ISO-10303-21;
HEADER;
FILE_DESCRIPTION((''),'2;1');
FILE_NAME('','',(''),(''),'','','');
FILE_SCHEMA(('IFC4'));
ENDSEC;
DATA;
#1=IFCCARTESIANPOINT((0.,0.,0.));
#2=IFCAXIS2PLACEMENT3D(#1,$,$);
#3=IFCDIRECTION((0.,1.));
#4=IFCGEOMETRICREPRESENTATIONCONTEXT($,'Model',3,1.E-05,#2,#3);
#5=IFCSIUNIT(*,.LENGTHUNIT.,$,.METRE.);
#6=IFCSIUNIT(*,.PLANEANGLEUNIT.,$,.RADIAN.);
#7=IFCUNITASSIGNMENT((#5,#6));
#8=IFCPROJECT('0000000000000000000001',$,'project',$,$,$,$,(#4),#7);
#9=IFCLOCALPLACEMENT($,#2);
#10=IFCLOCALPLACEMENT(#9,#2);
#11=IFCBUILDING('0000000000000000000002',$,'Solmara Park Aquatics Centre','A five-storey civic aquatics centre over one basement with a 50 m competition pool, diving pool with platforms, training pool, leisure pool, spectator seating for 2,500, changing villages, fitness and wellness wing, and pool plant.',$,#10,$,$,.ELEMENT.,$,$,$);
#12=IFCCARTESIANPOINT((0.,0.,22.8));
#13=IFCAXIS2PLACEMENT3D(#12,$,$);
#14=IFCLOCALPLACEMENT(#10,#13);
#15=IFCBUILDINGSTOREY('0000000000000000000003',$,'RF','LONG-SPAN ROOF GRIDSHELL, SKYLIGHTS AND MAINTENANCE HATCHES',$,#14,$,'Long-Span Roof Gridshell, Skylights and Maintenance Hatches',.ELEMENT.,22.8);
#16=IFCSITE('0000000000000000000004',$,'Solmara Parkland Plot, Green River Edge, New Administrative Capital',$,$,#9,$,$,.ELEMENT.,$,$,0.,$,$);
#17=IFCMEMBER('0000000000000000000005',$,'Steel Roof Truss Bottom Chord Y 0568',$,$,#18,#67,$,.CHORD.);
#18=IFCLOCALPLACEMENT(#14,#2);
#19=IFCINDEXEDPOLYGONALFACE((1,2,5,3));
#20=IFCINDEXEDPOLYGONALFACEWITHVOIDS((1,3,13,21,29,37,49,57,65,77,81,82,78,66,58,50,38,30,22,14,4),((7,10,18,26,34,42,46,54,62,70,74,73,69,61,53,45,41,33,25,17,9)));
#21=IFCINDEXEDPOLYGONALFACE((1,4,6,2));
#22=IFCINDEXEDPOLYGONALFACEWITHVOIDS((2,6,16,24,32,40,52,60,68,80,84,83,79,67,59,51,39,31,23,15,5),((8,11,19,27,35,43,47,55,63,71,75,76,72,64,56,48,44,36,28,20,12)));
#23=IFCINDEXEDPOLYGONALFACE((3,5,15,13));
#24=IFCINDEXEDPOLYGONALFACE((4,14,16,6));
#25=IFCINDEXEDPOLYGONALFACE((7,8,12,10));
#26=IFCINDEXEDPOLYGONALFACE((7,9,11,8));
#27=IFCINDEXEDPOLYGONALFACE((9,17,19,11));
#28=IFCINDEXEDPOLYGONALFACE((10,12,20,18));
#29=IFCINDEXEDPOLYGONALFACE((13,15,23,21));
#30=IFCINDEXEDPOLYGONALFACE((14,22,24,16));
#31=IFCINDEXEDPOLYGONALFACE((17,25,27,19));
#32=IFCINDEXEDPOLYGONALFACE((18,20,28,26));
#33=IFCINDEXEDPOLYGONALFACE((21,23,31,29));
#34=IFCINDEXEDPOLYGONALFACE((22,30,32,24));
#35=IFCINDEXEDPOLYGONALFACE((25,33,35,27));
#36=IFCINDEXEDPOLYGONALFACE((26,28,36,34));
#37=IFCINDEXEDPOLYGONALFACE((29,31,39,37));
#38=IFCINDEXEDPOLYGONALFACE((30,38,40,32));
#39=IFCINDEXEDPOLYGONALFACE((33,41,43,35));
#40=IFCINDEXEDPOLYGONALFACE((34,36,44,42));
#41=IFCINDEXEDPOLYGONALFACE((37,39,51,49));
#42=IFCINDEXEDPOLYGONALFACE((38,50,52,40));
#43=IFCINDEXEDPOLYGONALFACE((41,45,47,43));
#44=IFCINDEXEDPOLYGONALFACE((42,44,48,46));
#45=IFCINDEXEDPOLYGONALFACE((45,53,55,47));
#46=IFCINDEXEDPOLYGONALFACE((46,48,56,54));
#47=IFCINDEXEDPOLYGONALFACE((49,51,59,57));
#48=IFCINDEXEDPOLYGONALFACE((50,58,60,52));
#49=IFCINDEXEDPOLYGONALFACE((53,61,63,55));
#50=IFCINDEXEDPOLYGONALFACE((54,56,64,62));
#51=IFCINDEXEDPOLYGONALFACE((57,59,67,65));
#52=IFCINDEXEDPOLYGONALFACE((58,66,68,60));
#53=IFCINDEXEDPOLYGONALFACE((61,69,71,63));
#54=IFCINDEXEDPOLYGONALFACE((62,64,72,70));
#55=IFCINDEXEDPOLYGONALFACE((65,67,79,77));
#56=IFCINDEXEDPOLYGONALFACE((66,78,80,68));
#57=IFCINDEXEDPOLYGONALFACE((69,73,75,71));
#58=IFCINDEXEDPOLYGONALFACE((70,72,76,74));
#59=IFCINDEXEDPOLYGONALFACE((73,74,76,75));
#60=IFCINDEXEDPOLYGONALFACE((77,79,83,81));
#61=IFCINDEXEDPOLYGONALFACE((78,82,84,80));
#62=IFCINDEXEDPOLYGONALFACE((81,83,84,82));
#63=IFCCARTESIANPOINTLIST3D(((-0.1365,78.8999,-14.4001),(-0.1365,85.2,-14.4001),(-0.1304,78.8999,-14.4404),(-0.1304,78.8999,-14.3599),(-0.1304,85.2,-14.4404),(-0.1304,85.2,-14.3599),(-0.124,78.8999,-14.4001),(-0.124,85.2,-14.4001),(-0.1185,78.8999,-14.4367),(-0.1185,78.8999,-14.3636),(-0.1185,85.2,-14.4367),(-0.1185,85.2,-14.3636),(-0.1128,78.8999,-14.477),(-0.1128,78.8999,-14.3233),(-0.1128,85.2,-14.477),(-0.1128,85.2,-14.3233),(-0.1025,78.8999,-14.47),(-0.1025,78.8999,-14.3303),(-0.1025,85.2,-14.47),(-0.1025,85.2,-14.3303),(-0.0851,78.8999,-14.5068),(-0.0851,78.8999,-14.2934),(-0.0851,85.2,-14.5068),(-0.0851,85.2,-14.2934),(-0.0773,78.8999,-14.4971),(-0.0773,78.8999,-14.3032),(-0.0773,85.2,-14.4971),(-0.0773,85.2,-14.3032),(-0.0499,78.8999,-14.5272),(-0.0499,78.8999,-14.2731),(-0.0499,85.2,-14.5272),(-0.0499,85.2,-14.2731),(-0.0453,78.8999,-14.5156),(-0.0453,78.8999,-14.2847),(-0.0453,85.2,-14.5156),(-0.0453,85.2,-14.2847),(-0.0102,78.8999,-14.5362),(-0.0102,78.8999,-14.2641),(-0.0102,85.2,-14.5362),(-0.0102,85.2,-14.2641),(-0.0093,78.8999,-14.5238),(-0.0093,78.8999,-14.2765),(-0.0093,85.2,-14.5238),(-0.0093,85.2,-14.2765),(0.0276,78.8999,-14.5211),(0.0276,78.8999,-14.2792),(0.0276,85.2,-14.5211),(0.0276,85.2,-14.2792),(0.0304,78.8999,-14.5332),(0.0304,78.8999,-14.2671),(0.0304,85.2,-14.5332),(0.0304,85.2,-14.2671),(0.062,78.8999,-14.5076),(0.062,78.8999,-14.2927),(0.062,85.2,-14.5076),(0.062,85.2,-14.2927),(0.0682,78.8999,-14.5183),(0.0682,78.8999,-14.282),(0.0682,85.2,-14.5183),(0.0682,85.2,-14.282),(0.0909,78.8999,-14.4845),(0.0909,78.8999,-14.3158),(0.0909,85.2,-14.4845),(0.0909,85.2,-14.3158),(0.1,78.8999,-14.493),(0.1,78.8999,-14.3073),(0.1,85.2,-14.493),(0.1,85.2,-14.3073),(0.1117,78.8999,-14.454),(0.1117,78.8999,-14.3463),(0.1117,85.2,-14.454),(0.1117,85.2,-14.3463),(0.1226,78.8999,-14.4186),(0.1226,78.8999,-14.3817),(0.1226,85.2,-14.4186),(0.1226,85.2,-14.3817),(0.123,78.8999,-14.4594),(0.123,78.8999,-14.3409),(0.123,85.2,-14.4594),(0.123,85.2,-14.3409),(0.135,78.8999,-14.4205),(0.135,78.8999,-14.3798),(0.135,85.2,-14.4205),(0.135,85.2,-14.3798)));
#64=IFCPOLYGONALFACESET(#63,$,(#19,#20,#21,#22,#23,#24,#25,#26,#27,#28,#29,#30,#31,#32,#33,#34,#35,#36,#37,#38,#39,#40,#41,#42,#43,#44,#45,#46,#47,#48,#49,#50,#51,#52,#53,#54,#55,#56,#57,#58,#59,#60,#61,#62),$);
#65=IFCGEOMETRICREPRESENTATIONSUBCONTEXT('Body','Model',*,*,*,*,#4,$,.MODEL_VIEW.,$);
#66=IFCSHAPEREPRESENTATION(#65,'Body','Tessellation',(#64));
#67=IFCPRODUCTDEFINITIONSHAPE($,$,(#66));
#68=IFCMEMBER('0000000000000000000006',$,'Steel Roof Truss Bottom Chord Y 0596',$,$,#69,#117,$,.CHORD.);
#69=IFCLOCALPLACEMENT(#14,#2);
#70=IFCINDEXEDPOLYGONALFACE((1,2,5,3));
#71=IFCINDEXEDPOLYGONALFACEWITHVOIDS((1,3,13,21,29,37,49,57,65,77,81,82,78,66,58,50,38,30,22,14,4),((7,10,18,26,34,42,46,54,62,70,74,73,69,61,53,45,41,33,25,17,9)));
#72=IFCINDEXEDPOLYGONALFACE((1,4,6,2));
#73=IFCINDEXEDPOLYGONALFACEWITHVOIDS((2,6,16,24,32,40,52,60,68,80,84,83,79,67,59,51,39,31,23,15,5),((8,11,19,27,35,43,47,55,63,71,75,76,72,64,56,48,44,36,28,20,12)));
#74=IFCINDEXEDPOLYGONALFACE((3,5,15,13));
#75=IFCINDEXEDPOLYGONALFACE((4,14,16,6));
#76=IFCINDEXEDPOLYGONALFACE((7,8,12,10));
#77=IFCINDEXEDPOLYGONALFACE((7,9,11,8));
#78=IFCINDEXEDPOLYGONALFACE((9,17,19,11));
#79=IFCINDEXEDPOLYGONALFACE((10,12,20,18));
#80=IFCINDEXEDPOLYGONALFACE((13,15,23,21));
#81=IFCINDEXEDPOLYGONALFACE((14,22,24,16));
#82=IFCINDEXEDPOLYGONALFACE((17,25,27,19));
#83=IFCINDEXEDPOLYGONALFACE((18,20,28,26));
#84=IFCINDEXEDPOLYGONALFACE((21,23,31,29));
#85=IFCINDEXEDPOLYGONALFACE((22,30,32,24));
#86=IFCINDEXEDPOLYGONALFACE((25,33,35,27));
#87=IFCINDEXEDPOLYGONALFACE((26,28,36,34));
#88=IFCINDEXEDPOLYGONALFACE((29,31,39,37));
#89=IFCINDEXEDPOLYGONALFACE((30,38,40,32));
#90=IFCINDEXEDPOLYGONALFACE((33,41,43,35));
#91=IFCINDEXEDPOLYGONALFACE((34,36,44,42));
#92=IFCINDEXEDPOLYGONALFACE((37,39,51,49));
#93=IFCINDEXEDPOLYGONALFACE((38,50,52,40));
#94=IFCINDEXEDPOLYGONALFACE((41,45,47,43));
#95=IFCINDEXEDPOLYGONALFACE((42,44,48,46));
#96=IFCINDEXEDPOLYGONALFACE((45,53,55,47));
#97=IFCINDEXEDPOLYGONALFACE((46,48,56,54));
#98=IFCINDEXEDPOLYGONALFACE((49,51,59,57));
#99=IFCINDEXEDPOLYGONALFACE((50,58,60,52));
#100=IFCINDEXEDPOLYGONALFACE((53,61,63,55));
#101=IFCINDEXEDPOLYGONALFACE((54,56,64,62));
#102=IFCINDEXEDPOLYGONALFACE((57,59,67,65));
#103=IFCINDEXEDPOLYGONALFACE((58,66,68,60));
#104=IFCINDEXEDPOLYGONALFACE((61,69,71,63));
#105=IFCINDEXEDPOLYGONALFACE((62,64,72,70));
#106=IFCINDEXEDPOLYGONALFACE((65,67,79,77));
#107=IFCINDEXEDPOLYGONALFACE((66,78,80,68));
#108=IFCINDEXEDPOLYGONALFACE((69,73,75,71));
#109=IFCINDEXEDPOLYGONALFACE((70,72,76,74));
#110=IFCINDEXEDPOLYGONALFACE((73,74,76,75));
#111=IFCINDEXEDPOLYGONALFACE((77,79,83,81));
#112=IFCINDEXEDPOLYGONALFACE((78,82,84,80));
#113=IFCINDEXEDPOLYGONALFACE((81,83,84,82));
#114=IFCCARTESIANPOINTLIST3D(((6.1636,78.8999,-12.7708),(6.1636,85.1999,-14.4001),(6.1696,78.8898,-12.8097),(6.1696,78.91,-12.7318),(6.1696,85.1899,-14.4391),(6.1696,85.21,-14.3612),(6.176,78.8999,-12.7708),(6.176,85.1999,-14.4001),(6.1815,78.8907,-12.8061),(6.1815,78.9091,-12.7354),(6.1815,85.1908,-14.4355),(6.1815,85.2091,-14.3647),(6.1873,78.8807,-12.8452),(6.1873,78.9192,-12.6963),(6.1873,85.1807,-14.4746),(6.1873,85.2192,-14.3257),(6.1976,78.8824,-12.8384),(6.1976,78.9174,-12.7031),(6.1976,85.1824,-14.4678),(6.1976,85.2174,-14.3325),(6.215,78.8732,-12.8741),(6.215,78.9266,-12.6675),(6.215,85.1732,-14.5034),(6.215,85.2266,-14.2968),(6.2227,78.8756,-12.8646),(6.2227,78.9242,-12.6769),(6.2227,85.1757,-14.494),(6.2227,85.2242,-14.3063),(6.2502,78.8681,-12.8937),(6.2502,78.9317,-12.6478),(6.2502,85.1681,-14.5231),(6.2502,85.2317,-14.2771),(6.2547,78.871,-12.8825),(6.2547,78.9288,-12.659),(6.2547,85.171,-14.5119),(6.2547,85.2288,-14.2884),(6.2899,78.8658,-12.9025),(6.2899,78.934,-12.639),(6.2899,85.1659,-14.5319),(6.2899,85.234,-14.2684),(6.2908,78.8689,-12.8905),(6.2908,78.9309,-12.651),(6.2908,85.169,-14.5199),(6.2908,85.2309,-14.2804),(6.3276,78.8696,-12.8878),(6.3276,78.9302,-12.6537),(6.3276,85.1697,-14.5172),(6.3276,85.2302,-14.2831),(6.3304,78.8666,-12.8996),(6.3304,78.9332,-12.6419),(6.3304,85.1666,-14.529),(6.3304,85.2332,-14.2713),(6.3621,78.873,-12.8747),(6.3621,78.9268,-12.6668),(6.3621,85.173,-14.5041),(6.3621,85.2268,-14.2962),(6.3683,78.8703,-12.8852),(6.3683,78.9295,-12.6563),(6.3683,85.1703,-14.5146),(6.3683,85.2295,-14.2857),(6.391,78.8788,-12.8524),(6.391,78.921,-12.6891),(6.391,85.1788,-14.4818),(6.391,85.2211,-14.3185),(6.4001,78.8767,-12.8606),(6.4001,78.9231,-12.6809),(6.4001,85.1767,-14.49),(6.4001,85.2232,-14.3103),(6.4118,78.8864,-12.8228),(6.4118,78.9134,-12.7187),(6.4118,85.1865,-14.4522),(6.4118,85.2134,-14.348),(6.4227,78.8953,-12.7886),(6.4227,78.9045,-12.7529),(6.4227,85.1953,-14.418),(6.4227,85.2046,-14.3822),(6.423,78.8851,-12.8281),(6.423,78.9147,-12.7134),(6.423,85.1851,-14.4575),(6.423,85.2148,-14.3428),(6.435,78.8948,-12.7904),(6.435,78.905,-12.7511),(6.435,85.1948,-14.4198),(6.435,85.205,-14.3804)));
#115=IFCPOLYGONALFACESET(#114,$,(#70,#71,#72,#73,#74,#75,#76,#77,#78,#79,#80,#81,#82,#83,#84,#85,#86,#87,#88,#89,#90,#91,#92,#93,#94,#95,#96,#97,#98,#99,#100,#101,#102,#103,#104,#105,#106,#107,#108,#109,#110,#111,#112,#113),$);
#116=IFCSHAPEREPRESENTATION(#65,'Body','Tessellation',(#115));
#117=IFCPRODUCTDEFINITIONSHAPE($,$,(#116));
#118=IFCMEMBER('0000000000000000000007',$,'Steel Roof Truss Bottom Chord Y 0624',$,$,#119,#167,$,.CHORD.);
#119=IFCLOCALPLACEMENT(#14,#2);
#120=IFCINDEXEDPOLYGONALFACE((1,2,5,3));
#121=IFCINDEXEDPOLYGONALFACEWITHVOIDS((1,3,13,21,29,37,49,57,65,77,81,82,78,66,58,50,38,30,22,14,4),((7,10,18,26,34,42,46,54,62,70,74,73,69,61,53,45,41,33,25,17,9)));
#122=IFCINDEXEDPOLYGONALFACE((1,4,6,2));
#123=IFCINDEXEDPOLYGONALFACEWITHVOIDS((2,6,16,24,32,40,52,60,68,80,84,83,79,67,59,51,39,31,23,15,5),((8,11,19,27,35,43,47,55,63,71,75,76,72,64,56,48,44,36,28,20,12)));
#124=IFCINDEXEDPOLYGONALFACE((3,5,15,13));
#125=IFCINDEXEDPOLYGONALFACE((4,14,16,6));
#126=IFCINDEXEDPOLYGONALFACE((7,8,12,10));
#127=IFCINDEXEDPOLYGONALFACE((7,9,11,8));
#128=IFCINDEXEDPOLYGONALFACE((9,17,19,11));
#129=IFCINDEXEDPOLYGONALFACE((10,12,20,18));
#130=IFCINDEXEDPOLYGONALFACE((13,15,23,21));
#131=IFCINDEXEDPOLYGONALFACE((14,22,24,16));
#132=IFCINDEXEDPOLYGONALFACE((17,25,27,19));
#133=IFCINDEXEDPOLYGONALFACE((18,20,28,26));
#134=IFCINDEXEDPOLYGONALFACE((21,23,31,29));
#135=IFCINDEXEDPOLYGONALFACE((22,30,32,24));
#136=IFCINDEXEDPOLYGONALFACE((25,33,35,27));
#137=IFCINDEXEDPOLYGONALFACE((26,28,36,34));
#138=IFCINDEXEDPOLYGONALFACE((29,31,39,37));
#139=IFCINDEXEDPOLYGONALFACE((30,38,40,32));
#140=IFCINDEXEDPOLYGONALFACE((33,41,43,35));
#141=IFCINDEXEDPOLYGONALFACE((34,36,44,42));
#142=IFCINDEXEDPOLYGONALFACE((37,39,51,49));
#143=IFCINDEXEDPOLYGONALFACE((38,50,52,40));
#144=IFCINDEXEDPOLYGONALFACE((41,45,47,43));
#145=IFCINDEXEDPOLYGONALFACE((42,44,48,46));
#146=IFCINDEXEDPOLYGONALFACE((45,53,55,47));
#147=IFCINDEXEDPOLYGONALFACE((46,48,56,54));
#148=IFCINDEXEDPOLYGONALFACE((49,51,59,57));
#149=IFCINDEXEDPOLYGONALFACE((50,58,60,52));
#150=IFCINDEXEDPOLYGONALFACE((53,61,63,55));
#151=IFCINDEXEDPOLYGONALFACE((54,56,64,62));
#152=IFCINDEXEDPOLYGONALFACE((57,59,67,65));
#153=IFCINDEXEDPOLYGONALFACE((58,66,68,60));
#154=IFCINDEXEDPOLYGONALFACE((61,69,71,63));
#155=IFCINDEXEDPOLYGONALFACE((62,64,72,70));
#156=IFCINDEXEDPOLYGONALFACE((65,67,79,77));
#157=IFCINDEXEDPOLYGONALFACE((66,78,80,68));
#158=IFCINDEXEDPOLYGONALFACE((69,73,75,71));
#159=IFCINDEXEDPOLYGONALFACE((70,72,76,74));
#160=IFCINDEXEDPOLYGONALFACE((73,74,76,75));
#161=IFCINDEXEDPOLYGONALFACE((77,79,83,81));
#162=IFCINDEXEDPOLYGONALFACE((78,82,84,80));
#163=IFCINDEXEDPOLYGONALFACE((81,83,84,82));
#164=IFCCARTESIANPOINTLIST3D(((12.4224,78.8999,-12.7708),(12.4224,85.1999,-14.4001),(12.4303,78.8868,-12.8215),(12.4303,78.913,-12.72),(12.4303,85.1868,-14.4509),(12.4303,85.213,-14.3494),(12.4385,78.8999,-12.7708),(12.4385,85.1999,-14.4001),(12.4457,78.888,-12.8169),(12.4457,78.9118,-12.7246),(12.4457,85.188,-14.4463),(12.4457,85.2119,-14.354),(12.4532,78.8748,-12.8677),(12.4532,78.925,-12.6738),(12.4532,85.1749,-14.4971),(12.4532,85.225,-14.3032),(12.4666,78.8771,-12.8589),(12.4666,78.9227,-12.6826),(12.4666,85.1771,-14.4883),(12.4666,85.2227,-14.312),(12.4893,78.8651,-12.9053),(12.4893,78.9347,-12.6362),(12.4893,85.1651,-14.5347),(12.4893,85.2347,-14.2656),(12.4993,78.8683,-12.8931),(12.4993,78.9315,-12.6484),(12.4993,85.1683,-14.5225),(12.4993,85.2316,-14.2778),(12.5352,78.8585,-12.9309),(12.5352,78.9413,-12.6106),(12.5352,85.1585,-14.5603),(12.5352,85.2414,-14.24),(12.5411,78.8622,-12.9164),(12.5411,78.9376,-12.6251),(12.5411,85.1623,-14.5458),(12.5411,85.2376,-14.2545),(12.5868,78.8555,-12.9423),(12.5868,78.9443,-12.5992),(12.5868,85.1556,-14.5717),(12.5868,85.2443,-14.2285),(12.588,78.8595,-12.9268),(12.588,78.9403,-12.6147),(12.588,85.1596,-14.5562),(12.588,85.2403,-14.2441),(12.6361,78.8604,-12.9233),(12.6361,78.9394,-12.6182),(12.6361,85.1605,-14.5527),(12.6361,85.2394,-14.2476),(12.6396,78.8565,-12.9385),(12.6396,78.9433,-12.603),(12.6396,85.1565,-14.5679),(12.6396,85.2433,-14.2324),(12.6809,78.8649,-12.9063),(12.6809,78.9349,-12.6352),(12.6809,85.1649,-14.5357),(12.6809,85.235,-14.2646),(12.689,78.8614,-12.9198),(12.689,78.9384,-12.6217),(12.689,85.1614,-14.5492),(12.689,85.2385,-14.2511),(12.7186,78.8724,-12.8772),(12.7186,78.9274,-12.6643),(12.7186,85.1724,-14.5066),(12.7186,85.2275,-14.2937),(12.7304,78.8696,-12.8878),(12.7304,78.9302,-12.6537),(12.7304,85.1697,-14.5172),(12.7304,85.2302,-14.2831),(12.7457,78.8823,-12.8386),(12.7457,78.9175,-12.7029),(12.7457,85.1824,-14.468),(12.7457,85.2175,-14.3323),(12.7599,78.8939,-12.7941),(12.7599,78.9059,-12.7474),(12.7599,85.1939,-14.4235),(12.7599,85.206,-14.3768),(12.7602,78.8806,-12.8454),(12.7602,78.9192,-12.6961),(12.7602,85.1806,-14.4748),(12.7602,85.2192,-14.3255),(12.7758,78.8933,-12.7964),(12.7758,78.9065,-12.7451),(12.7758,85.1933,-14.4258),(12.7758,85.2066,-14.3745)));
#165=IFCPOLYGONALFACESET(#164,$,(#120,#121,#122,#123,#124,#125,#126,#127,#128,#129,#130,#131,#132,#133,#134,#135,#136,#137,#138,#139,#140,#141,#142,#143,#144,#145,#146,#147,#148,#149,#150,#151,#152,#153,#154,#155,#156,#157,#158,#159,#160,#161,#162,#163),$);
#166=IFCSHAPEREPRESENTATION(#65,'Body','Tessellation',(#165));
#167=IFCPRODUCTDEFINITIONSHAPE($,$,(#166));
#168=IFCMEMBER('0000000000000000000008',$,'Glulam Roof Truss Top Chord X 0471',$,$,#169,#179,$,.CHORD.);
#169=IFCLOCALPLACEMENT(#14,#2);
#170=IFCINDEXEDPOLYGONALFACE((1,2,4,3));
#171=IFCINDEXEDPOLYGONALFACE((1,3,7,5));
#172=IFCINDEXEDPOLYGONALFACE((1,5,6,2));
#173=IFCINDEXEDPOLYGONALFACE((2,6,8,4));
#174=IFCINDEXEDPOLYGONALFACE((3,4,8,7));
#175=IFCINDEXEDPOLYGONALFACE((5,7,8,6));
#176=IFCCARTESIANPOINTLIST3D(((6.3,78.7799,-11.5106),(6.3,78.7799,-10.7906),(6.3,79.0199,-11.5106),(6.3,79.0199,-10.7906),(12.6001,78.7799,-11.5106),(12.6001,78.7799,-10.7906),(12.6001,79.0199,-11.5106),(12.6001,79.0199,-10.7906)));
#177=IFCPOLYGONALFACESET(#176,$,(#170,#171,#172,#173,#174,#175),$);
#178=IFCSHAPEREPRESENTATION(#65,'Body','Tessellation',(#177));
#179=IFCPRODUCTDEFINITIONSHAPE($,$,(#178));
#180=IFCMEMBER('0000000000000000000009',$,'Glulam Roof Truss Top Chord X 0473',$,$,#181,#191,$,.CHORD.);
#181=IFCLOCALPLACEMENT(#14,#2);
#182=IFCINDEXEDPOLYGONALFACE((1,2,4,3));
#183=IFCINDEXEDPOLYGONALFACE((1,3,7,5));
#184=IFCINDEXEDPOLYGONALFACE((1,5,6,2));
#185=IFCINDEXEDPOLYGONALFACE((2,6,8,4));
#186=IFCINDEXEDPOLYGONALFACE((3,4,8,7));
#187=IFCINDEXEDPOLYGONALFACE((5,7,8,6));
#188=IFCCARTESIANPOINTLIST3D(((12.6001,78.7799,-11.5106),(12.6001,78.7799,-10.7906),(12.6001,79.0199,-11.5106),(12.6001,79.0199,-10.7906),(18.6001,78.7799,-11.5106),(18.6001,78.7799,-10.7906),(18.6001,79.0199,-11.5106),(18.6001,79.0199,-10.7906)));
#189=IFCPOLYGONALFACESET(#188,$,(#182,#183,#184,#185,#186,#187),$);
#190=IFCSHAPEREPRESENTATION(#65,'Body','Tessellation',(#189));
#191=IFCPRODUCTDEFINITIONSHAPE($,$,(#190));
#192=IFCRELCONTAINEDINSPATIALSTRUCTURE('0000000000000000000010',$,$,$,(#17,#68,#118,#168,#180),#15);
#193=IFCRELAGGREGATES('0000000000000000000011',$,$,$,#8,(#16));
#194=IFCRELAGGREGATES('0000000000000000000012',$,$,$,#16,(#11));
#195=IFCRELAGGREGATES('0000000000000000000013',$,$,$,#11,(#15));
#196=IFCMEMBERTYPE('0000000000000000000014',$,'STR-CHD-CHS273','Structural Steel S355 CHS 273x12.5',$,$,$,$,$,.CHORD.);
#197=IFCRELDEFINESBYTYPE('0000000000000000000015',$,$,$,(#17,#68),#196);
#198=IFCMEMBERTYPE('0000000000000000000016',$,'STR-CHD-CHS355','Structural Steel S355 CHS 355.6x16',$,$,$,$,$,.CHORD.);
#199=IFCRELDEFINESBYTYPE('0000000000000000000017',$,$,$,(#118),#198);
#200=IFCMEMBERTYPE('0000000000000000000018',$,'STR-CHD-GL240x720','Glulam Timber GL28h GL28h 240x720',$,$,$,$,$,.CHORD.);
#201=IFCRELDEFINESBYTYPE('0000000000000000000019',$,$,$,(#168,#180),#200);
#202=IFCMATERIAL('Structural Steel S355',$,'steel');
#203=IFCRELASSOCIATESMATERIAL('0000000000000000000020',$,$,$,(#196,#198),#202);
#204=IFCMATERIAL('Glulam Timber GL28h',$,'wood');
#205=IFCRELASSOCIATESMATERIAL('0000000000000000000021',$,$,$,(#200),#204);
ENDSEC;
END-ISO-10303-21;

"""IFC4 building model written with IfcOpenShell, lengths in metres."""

from ifc_helpers import new_model, si_unit, direction, frame, origin, origin_2d, place, context, subcontext, project, spatial, rectangle, hollow_circle, extrude, material, material_profile, profile_set, type_object, element, save


model = new_model("IFC4")

# Units and contexts
model_context = context("Model", 3, precision=1e-05, world=origin(), true_north=direction((0.0, 1.0)))
body_context = subcontext(model_context, "Body", "Model", "MODEL_VIEW")
ifc_project = project(units=[si_unit("LENGTHUNIT", "METRE"), si_unit("PLANEANGLEUNIT", "RADIAN")], contexts=[model_context])

# Site, building, storey
site_placement = place(None, origin())
site = spatial("IfcSite", under=ifc_project, at=site_placement, Name="Solmara Parkland Plot, Green River Edge, New Administrative Capital", CompositionType="ELEMENT", RefElevation=0.0)
building_placement = place(site_placement, origin())
building = spatial("IfcBuilding", under=site, at=building_placement, Name="Solmara Park Aquatics Centre", Description="A five-storey civic aquatics centre over one basement with a 50 m competition pool, diving pool with platforms, training pool, leisure pool, spectator seating for 2,500, changing villages, fitness and wellness wing, and pool plant.", CompositionType="ELEMENT")
storey_placement = place(building_placement, frame((0.0, 0.0, 22.8)))
storey = spatial("IfcBuildingStorey", under=building, at=storey_placement, Name="RF", Description="LONG-SPAN ROOF GRIDSHELL, SKYLIGHTS AND MAINTENANCE HATCHES", LongName="Long-Span Roof Gridshell, Skylights and Maintenance Hatches", CompositionType="ELEMENT", Elevation=22.8)

# Members
ifc_material_1 = material(Name="Structural Steel S355", Category="steel")
ifc_material_profile_1 = material_profile(ifc_material_1, hollow_circle(Radius=0.1365, WallThickness=0.0125, at=origin_2d()), Name="CHS 273x12.5")
ifc_profile_set_1 = profile_set([ifc_material_profile_1], Name="Structural Steel S355")
member_type_1 = type_object("IfcMemberType", Name="STR-CHD-CHS273", Description="Structural Steel S355 CHS 273x12.5", PredefinedType="CHORD", material=ifc_profile_set_1)
member_1_placement = place(storey_placement, frame((0.0, 78.8999, -14.4001), z_axis=(0.0, 1.0, 0.0), x_axis=(-1.0, 0.0, 0.0)))
element("IfcMember", 1, at=member_1_placement, inside=storey, type_object=member_type_1, Name="Steel Roof Truss Bottom Chord Y 0568", PredefinedType="CHORD", context=body_context, shape_type="SweptSolid", body=[
    extrude(hollow_circle(Radius=0.1365, WallThickness=0.0125, at=origin_2d()), origin(), (0.0, 0.0, 1.0), 6.3),
])
member_2_placement = place(storey_placement, frame((6.3, 78.8999, -12.7708), z_axis=(0.0, 0.968144, -0.250393), x_axis=(-1.0, 0.0, 0.0)))
element("IfcMember", 2, at=member_2_placement, inside=storey, type_object=member_type_1, Name="Steel Roof Truss Bottom Chord Y 0596", PredefinedType="CHORD", context=body_context, shape_type="SweptSolid", body=[
    extrude(hollow_circle(Radius=0.1365, WallThickness=0.0125, at=origin_2d()), origin(), (0.0, 0.0, 1.0), 6.5073),
])
ifc_material_profile_2 = material_profile(ifc_material_1, hollow_circle(Radius=0.1777, WallThickness=0.0161, at=origin_2d()), Name="CHS 355.6x16")
ifc_profile_set_2 = profile_set([ifc_material_profile_2], Name="Structural Steel S355")
member_type_2 = type_object("IfcMemberType", Name="STR-CHD-CHS355", Description="Structural Steel S355 CHS 355.6x16", PredefinedType="CHORD", material=ifc_profile_set_2)
member_3_placement = place(storey_placement, frame((12.6001, 78.8999, -12.7708), z_axis=(0.0, 0.968144, -0.250393), x_axis=(-1.0, 0.0, 0.0)))
element("IfcMember", 3, at=member_3_placement, inside=storey, type_object=member_type_2, Name="Steel Roof Truss Bottom Chord Y 0624", PredefinedType="CHORD", context=body_context, shape_type="SweptSolid", body=[
    extrude(hollow_circle(Radius=0.1777, WallThickness=0.0161, at=origin_2d()), origin(), (0.0, 0.0, 1.0), 6.5073),
])
ifc_material_2 = material(Name="Glulam Timber GL28h", Category="wood")
ifc_material_profile_3 = material_profile(ifc_material_2, rectangle(XDim=0.24, YDim=0.72, at=origin_2d()), Name="GL28h 240x720")
ifc_profile_set_3 = profile_set([ifc_material_profile_3], Name="Glulam Timber GL28h")
member_type_3 = type_object("IfcMemberType", Name="STR-CHD-GL240x720", Description="Glulam Timber GL28h GL28h 240x720", PredefinedType="CHORD", material=ifc_profile_set_3)
member_4_placement = place(storey_placement, frame((6.3, 78.8999, -11.1506), z_axis=(1.0, 0.0, 0.0), x_axis=(0.0, 1.0, 0.0)))
element("IfcMember", 4, at=member_4_placement, inside=storey, type_object=member_type_3, Name="Glulam Roof Truss Top Chord X 0471", PredefinedType="CHORD", context=body_context, shape_type="SweptSolid", body=[
    extrude(rectangle(XDim=0.24, YDim=0.72, at=origin_2d()), origin(), (0.0, 0.0, 1.0), 6.3),
])
member_5_placement = place(storey_placement, frame((12.6001, 78.8999, -11.1506), z_axis=(1.0, 0.0, 0.0), x_axis=(0.0, 1.0, 0.0)))
element("IfcMember", 5, at=member_5_placement, inside=storey, type_object=member_type_3, Name="Glulam Roof Truss Top Chord X 0473", PredefinedType="CHORD", context=body_context, shape_type="SweptSolid", body=[
    extrude(rectangle(XDim=0.24, YDim=0.72, at=origin_2d()), origin(), (0.0, 0.0, 1.0), 6.0),
])

save(model, "model.ifc")
